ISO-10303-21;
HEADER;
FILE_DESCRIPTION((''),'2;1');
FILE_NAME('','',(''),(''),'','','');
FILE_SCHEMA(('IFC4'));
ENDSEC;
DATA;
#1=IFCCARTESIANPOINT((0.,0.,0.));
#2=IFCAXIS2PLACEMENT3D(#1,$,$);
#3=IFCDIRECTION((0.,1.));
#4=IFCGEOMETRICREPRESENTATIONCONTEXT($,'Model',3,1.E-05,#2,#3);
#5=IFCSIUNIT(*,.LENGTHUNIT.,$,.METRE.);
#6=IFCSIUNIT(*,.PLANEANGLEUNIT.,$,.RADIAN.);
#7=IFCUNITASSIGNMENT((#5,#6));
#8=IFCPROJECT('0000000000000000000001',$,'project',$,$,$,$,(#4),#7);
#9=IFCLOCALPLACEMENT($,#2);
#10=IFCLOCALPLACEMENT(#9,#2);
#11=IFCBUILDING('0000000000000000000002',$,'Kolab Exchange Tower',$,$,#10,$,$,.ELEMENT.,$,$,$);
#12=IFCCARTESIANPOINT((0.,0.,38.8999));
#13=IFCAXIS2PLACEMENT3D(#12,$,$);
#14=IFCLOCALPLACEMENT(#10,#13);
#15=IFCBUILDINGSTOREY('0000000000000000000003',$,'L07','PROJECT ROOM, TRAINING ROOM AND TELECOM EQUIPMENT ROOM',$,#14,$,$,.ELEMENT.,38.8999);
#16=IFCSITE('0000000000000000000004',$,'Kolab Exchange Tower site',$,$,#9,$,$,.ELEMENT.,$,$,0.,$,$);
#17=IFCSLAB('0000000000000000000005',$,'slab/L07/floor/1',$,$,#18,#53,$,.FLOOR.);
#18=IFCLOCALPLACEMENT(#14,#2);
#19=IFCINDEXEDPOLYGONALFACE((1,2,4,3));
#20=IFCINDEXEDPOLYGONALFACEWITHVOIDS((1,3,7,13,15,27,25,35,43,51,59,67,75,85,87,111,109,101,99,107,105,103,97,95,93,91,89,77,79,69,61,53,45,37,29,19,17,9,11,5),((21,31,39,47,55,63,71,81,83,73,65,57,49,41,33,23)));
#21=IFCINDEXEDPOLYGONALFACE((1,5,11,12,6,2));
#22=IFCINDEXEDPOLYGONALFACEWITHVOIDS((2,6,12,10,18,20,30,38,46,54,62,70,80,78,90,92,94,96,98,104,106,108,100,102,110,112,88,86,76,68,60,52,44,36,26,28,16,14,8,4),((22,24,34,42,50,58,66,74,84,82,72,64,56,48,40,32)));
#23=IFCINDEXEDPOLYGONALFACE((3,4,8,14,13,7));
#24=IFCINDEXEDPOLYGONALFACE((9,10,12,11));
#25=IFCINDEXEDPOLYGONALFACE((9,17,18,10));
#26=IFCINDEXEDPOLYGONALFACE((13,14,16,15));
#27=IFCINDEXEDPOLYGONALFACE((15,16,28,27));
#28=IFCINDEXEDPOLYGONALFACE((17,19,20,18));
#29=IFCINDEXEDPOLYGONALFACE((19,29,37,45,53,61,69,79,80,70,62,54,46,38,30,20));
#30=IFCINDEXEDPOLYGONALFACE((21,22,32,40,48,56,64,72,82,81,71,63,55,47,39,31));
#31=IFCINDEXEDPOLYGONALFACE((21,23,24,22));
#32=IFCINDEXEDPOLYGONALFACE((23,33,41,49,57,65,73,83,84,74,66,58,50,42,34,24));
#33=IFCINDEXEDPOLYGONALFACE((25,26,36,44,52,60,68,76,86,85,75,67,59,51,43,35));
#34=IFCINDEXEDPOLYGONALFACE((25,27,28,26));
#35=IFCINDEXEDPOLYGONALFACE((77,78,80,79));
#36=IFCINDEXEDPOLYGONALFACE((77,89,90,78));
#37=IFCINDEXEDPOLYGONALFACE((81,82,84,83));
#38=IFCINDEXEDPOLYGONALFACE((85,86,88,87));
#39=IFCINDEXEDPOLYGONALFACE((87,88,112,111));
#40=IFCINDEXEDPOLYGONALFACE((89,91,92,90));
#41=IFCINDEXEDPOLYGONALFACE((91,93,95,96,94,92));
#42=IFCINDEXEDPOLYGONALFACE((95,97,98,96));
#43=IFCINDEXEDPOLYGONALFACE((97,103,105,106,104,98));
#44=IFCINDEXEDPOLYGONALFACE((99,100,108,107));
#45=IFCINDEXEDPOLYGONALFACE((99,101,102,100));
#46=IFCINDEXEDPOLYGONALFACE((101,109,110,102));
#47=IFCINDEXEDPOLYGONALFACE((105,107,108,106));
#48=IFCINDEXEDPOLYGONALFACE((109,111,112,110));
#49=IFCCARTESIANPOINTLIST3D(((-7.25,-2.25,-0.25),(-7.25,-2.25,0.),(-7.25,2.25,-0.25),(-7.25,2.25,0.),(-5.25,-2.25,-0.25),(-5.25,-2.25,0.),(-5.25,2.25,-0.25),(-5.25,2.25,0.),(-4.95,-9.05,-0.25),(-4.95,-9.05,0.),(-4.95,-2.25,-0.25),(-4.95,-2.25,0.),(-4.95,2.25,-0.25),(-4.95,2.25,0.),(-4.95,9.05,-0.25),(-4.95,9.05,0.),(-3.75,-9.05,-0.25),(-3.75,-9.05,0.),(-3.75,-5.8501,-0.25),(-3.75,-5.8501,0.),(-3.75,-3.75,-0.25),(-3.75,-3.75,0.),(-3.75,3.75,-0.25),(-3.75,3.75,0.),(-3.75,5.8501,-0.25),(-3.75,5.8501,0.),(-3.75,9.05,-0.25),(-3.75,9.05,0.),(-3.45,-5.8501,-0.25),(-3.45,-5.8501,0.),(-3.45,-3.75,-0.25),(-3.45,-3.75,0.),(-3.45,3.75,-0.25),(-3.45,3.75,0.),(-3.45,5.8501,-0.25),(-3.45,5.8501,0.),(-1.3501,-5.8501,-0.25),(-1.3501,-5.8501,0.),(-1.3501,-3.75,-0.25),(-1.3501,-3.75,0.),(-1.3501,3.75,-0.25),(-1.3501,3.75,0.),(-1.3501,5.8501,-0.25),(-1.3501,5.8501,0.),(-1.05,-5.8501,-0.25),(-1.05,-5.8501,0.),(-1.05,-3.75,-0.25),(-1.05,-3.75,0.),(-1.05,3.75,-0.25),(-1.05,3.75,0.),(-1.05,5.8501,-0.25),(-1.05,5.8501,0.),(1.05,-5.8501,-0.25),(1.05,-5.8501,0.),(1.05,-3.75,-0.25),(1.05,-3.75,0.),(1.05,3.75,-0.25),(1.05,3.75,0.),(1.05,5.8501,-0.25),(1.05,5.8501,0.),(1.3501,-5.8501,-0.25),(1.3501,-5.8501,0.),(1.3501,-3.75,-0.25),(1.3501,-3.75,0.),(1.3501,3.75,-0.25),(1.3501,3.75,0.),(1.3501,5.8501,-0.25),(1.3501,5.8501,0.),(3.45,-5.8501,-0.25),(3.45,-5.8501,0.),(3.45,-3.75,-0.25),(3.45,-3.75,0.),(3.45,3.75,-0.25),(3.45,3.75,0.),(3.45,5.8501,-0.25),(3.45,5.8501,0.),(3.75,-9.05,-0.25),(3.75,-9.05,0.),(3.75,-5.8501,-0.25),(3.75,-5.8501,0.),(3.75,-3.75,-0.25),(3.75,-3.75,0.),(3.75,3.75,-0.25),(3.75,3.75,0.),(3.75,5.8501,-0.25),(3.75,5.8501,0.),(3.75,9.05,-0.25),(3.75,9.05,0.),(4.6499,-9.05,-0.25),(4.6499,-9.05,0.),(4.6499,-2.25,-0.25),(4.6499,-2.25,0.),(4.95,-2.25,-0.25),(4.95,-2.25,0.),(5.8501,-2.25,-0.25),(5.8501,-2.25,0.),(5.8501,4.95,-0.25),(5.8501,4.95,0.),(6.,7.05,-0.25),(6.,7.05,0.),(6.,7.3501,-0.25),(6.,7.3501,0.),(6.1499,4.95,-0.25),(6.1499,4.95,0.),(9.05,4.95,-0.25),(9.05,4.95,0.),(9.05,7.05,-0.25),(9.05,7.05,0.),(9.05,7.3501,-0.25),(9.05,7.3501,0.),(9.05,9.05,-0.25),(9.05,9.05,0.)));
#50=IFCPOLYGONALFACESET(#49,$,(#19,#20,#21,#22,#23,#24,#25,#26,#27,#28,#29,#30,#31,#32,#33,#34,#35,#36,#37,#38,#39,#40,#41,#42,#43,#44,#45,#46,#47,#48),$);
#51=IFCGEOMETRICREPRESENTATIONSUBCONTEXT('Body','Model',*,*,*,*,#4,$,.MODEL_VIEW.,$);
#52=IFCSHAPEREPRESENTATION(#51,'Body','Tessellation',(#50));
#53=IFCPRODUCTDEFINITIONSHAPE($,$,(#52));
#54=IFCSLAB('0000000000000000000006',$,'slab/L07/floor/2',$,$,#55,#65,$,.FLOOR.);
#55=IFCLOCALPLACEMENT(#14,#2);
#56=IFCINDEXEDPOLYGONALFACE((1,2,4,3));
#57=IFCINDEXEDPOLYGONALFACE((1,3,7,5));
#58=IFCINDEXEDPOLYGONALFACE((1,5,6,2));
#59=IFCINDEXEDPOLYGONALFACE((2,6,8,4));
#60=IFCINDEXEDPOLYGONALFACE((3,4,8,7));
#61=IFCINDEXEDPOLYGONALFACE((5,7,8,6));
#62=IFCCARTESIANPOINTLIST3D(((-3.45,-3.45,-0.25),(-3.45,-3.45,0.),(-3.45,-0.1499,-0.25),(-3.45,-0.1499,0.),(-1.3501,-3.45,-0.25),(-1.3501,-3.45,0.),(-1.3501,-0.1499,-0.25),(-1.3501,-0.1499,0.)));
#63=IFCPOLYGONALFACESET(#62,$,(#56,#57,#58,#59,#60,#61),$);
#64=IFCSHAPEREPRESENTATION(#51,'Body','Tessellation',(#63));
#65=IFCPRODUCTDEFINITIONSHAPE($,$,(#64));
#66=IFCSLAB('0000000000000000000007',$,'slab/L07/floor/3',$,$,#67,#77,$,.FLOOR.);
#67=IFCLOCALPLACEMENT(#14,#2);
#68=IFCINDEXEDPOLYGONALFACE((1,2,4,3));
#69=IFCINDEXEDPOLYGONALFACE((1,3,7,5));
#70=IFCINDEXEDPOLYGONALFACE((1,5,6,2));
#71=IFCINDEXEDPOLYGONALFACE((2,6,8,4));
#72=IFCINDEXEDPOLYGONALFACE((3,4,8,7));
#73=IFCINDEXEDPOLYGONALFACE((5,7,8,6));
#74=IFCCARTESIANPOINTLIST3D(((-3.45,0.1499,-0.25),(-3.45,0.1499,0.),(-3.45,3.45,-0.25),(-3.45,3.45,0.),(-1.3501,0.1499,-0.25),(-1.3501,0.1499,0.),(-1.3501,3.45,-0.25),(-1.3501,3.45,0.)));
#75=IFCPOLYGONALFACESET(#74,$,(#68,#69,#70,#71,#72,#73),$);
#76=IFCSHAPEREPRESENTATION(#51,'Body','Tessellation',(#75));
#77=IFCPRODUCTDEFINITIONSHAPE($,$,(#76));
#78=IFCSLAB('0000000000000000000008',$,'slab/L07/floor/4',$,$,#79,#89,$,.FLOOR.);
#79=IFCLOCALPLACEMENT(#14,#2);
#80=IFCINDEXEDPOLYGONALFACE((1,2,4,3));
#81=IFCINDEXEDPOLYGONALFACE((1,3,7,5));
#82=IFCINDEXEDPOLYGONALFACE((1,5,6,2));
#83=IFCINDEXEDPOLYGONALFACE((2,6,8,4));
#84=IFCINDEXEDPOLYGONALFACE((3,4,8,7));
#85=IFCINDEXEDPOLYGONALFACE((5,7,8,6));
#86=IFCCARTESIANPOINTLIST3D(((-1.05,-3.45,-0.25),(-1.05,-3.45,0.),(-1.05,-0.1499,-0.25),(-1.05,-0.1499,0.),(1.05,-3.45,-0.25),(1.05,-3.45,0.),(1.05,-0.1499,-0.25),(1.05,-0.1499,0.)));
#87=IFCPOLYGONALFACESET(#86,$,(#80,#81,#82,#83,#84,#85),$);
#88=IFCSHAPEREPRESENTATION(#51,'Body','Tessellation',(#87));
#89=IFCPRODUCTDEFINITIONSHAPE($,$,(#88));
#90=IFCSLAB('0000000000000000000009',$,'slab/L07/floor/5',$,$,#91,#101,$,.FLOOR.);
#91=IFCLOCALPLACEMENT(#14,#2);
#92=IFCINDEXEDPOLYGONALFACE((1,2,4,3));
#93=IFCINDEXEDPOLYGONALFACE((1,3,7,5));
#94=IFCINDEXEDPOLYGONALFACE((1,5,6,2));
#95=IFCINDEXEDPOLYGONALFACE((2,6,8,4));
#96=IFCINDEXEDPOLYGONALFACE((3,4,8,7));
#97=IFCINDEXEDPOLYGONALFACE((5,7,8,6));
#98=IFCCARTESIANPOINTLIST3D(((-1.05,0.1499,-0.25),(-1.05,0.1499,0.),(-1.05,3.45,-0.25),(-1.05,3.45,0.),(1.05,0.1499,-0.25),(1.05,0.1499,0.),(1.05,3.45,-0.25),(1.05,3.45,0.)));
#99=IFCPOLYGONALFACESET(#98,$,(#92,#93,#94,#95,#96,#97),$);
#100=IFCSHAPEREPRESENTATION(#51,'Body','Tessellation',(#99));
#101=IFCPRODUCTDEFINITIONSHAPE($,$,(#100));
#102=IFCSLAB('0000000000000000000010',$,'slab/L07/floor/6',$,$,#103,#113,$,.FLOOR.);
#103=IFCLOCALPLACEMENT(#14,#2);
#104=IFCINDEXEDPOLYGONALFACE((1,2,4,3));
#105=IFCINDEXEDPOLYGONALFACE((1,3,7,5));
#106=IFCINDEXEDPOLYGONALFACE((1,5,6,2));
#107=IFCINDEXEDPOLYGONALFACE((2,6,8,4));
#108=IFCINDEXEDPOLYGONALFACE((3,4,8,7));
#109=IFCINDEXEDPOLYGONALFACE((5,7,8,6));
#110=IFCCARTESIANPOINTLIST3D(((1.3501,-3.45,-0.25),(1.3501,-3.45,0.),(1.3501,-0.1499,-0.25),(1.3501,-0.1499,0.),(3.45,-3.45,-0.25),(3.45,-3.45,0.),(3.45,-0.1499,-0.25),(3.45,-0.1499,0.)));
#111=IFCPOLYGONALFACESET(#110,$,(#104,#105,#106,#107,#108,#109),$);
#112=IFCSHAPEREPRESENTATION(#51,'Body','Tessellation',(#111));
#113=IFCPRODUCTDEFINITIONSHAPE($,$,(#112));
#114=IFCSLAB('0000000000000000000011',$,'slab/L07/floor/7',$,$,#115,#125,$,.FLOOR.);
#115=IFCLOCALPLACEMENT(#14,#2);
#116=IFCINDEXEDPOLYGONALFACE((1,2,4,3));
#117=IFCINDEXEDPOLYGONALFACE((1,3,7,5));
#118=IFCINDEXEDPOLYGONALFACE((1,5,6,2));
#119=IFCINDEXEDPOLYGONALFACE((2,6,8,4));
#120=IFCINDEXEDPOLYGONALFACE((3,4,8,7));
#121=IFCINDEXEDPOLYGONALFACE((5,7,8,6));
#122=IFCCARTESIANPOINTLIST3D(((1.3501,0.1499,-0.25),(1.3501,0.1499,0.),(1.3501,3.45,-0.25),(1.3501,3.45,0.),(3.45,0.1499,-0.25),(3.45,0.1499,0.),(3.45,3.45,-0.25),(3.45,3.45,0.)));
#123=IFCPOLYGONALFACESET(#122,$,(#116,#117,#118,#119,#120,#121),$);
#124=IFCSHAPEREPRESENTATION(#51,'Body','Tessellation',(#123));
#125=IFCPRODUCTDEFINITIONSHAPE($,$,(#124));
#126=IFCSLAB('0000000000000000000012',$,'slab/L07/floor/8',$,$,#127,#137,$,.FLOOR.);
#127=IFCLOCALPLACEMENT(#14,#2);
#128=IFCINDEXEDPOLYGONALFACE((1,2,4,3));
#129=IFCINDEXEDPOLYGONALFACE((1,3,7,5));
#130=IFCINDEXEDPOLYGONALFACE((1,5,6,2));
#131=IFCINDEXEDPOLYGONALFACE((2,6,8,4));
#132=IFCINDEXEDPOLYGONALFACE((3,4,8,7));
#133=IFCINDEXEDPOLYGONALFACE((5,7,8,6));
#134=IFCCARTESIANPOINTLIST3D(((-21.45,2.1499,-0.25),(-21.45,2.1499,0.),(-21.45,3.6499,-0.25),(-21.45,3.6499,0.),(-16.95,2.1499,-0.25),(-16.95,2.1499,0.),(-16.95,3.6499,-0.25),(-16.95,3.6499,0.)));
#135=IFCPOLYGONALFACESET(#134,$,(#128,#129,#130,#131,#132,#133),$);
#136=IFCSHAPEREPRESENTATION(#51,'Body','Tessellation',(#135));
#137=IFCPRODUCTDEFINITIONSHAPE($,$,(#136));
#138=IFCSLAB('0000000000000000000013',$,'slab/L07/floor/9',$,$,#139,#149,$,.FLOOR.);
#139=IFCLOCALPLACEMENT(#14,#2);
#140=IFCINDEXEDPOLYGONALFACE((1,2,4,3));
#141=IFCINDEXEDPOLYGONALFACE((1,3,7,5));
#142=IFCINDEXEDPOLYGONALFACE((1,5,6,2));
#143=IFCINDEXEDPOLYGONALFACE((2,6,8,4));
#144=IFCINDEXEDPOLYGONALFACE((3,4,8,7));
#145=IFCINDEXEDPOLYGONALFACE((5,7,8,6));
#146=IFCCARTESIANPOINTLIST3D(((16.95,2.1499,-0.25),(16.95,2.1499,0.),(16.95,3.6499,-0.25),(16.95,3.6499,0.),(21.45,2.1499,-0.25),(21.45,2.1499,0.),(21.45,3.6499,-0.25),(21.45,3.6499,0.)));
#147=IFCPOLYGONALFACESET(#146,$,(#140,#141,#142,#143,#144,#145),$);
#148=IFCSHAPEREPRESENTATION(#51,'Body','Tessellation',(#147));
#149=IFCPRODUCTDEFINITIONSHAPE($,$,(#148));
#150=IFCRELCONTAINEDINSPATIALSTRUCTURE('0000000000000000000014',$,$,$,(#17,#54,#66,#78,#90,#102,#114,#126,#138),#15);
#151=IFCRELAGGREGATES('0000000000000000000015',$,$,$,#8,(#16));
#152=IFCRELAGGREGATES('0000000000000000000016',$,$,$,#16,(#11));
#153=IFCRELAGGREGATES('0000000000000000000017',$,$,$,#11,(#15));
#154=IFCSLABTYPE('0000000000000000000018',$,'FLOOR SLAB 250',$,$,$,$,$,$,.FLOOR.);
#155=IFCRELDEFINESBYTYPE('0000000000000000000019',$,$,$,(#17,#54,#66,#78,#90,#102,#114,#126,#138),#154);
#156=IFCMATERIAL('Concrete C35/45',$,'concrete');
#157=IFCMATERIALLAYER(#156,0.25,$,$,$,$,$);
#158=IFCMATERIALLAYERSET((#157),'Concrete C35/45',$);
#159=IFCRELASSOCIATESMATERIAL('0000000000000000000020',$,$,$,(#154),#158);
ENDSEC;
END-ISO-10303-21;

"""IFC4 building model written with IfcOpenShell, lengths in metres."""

from ifc_helpers import new_model, si_unit, direction, frame, origin, place, context, subcontext, project, spatial, polyline, outline, extrude, material, layer, layer_set, type_object, element, save


model = new_model("IFC4")

# Units and contexts
model_context = context("Model", 3, precision=1e-05, world=origin(), true_north=direction((0.0, 1.0)))
body_context = subcontext(model_context, "Body", "Model", "MODEL_VIEW")
ifc_project = project(units=[si_unit("LENGTHUNIT", "METRE"), si_unit("PLANEANGLEUNIT", "RADIAN")], contexts=[model_context])

# Site, building, storey
site_placement = place(None, origin())
site = spatial("IfcSite", under=ifc_project, at=site_placement, Name="Kolab Exchange Tower site", CompositionType="ELEMENT", RefElevation=0.0)
building_placement = place(site_placement, origin())
building = spatial("IfcBuilding", under=site, at=building_placement, Name="Kolab Exchange Tower", CompositionType="ELEMENT")
storey_placement = place(building_placement, frame((0.0, 0.0, 38.8999)))
storey = spatial("IfcBuildingStorey", under=building, at=storey_placement, Name="L07", Description="PROJECT ROOM, TRAINING ROOM AND TELECOM EQUIPMENT ROOM", CompositionType="ELEMENT", Elevation=38.8999)

# Slabs
ifc_material_1 = material(Name="Concrete C35/45", Category="concrete")
ifc_layer_1 = layer(ifc_material_1, 0.25)
ifc_layer_set_1 = layer_set([ifc_layer_1], Name="Concrete C35/45")
slab_type = type_object("IfcSlabType", Name="FLOOR SLAB 250", PredefinedType="FLOOR", material=ifc_layer_set_1)
slab_1_placement = place(storey_placement, frame((0.0, 0.0, -0.25)))
element("IfcSlab", 1, at=slab_1_placement, inside=storey, type_object=slab_type, Name="slab/L07/floor/1", PredefinedType="FLOOR", context=body_context, shape_type="SweptSolid", body=[
    extrude(outline(polyline([(-5.25, 2.25), (-7.25, 2.25), (-7.25, -2.25), (-5.25, -2.25), (-4.95, -2.25), (-4.95, -9.05), (-3.75, -9.05), (-3.75, -5.8501), (-3.45, -5.8501), (-1.3501, -5.8501), (-1.05, -5.8501), (1.05, -5.8501), (1.3501, -5.8501), (3.45, -5.8501), (3.75, -5.8501), (3.75, -9.05), (4.6499, -9.05), (4.6499, -2.25), (4.95, -2.25), (5.8501, -2.25), (5.8501, 4.95), (6.1499, 4.95), (9.05, 4.95), (9.05, 7.05), (6.0, 7.05), (6.0, 7.3501), (9.05, 7.3501), (9.05, 9.05), (3.75, 9.05), (3.75, 5.8501), (3.45, 5.8501), (1.3501, 5.8501), (1.05, 5.8501), (-1.05, 5.8501), (-1.3501, 5.8501), (-3.45, 5.8501), (-3.75, 5.8501), (-3.75, 9.05), (-4.95, 9.05), (-4.95, 2.25), (-5.25, 2.25)]), holes=[polyline([(-1.3501, 3.75), (-1.05, 3.75), (1.05, 3.75), (1.3501, 3.75), (3.45, 3.75), (3.75, 3.75), (3.75, -3.75), (3.45, -3.75), (1.3501, -3.75), (1.05, -3.75), (-1.05, -3.75), (-1.3501, -3.75), (-3.45, -3.75), (-3.75, -3.75), (-3.75, 3.75), (-3.45, 3.75), (-1.3501, 3.75)])]), origin(), (0.0, 0.0, 1.0), 0.25),
])
slab_2_placement = place(storey_placement, frame((0.0, 0.0, -0.25)))
element("IfcSlab", 2, at=slab_2_placement, inside=storey, type_object=slab_type, Name="slab/L07/floor/2", PredefinedType="FLOOR", context=body_context, shape_type="SweptSolid", body=[
    extrude(outline(polyline([(-3.45, -3.45), (-1.3501, -3.45), (-1.3501, -0.1499), (-3.45, -0.1499), (-3.45, -3.45)])), origin(), (0.0, 0.0, 1.0), 0.25),
])
slab_3_placement = place(storey_placement, frame((0.0, 0.0, -0.25)))
element("IfcSlab", 3, at=slab_3_placement, inside=storey, type_object=slab_type, Name="slab/L07/floor/3", PredefinedType="FLOOR", context=body_context, shape_type="SweptSolid", body=[
    extrude(outline(polyline([(-1.3501, 0.1499), (-1.3501, 3.45), (-3.45, 3.45), (-3.45, 0.1499), (-1.3501, 0.1499)])), origin(), (0.0, 0.0, 1.0), 0.25),
])
slab_4_placement = place(storey_placement, frame((0.0, 0.0, -0.25)))
element("IfcSlab", 4, at=slab_4_placement, inside=storey, type_object=slab_type, Name="slab/L07/floor/4", PredefinedType="FLOOR", context=body_context, shape_type="SweptSolid", body=[
    extrude(outline(polyline([(-1.05, -0.1499), (-1.05, -3.45), (1.05, -3.45), (1.05, -0.1499), (-1.05, -0.1499)])), origin(), (0.0, 0.0, 1.0), 0.25),
])
slab_5_placement = place(storey_placement, frame((0.0, 0.0, -0.25)))
element("IfcSlab", 5, at=slab_5_placement, inside=storey, type_object=slab_type, Name="slab/L07/floor/5", PredefinedType="FLOOR", context=body_context, shape_type="SweptSolid", body=[
    extrude(outline(polyline([(-1.05, 3.45), (-1.05, 0.1499), (1.05, 0.1499), (1.05, 3.45), (-1.05, 3.45)])), origin(), (0.0, 0.0, 1.0), 0.25),
])
slab_6_placement = place(storey_placement, frame((0.0, 0.0, -0.25)))
element("IfcSlab", 6, at=slab_6_placement, inside=storey, type_object=slab_type, Name="slab/L07/floor/6", PredefinedType="FLOOR", context=body_context, shape_type="SweptSolid", body=[
    extrude(outline(polyline([(1.3501, -3.45), (3.45, -3.45), (3.45, -0.1499), (1.3501, -0.1499), (1.3501, -3.45)])), origin(), (0.0, 0.0, 1.0), 0.25),
])
slab_7_placement = place(storey_placement, frame((0.0, 0.0, -0.25)))
element("IfcSlab", 7, at=slab_7_placement, inside=storey, type_object=slab_type, Name="slab/L07/floor/7", PredefinedType="FLOOR", context=body_context, shape_type="SweptSolid", body=[
    extrude(outline(polyline([(1.3501, 0.1499), (3.45, 0.1499), (3.45, 3.45), (1.3501, 3.45), (1.3501, 0.1499)])), origin(), (0.0, 0.0, 1.0), 0.25),
])
slab_8_placement = place(storey_placement, frame((0.0, 0.0, -0.25)))
element("IfcSlab", 8, at=slab_8_placement, inside=storey, type_object=slab_type, Name="slab/L07/floor/8", PredefinedType="FLOOR", context=body_context, shape_type="SweptSolid", body=[
    extrude(outline(polyline([(-21.45, 3.6499), (-21.45, 2.1499), (-16.95, 2.1499), (-16.95, 3.6499), (-21.45, 3.6499)])), origin(), (0.0, 0.0, 1.0), 0.25),
])
slab_9_placement = place(storey_placement, frame((0.0, 0.0, -0.25)))
element("IfcSlab", 9, at=slab_9_placement, inside=storey, type_object=slab_type, Name="slab/L07/floor/9", PredefinedType="FLOOR", context=body_context, shape_type="SweptSolid", body=[
    extrude(outline(polyline([(21.45, 3.6499), (16.95, 3.6499), (16.95, 2.1499), (21.45, 2.1499), (21.45, 3.6499)])), origin(), (0.0, 0.0, 1.0), 0.25),
])

save(model, "model.ifc")
